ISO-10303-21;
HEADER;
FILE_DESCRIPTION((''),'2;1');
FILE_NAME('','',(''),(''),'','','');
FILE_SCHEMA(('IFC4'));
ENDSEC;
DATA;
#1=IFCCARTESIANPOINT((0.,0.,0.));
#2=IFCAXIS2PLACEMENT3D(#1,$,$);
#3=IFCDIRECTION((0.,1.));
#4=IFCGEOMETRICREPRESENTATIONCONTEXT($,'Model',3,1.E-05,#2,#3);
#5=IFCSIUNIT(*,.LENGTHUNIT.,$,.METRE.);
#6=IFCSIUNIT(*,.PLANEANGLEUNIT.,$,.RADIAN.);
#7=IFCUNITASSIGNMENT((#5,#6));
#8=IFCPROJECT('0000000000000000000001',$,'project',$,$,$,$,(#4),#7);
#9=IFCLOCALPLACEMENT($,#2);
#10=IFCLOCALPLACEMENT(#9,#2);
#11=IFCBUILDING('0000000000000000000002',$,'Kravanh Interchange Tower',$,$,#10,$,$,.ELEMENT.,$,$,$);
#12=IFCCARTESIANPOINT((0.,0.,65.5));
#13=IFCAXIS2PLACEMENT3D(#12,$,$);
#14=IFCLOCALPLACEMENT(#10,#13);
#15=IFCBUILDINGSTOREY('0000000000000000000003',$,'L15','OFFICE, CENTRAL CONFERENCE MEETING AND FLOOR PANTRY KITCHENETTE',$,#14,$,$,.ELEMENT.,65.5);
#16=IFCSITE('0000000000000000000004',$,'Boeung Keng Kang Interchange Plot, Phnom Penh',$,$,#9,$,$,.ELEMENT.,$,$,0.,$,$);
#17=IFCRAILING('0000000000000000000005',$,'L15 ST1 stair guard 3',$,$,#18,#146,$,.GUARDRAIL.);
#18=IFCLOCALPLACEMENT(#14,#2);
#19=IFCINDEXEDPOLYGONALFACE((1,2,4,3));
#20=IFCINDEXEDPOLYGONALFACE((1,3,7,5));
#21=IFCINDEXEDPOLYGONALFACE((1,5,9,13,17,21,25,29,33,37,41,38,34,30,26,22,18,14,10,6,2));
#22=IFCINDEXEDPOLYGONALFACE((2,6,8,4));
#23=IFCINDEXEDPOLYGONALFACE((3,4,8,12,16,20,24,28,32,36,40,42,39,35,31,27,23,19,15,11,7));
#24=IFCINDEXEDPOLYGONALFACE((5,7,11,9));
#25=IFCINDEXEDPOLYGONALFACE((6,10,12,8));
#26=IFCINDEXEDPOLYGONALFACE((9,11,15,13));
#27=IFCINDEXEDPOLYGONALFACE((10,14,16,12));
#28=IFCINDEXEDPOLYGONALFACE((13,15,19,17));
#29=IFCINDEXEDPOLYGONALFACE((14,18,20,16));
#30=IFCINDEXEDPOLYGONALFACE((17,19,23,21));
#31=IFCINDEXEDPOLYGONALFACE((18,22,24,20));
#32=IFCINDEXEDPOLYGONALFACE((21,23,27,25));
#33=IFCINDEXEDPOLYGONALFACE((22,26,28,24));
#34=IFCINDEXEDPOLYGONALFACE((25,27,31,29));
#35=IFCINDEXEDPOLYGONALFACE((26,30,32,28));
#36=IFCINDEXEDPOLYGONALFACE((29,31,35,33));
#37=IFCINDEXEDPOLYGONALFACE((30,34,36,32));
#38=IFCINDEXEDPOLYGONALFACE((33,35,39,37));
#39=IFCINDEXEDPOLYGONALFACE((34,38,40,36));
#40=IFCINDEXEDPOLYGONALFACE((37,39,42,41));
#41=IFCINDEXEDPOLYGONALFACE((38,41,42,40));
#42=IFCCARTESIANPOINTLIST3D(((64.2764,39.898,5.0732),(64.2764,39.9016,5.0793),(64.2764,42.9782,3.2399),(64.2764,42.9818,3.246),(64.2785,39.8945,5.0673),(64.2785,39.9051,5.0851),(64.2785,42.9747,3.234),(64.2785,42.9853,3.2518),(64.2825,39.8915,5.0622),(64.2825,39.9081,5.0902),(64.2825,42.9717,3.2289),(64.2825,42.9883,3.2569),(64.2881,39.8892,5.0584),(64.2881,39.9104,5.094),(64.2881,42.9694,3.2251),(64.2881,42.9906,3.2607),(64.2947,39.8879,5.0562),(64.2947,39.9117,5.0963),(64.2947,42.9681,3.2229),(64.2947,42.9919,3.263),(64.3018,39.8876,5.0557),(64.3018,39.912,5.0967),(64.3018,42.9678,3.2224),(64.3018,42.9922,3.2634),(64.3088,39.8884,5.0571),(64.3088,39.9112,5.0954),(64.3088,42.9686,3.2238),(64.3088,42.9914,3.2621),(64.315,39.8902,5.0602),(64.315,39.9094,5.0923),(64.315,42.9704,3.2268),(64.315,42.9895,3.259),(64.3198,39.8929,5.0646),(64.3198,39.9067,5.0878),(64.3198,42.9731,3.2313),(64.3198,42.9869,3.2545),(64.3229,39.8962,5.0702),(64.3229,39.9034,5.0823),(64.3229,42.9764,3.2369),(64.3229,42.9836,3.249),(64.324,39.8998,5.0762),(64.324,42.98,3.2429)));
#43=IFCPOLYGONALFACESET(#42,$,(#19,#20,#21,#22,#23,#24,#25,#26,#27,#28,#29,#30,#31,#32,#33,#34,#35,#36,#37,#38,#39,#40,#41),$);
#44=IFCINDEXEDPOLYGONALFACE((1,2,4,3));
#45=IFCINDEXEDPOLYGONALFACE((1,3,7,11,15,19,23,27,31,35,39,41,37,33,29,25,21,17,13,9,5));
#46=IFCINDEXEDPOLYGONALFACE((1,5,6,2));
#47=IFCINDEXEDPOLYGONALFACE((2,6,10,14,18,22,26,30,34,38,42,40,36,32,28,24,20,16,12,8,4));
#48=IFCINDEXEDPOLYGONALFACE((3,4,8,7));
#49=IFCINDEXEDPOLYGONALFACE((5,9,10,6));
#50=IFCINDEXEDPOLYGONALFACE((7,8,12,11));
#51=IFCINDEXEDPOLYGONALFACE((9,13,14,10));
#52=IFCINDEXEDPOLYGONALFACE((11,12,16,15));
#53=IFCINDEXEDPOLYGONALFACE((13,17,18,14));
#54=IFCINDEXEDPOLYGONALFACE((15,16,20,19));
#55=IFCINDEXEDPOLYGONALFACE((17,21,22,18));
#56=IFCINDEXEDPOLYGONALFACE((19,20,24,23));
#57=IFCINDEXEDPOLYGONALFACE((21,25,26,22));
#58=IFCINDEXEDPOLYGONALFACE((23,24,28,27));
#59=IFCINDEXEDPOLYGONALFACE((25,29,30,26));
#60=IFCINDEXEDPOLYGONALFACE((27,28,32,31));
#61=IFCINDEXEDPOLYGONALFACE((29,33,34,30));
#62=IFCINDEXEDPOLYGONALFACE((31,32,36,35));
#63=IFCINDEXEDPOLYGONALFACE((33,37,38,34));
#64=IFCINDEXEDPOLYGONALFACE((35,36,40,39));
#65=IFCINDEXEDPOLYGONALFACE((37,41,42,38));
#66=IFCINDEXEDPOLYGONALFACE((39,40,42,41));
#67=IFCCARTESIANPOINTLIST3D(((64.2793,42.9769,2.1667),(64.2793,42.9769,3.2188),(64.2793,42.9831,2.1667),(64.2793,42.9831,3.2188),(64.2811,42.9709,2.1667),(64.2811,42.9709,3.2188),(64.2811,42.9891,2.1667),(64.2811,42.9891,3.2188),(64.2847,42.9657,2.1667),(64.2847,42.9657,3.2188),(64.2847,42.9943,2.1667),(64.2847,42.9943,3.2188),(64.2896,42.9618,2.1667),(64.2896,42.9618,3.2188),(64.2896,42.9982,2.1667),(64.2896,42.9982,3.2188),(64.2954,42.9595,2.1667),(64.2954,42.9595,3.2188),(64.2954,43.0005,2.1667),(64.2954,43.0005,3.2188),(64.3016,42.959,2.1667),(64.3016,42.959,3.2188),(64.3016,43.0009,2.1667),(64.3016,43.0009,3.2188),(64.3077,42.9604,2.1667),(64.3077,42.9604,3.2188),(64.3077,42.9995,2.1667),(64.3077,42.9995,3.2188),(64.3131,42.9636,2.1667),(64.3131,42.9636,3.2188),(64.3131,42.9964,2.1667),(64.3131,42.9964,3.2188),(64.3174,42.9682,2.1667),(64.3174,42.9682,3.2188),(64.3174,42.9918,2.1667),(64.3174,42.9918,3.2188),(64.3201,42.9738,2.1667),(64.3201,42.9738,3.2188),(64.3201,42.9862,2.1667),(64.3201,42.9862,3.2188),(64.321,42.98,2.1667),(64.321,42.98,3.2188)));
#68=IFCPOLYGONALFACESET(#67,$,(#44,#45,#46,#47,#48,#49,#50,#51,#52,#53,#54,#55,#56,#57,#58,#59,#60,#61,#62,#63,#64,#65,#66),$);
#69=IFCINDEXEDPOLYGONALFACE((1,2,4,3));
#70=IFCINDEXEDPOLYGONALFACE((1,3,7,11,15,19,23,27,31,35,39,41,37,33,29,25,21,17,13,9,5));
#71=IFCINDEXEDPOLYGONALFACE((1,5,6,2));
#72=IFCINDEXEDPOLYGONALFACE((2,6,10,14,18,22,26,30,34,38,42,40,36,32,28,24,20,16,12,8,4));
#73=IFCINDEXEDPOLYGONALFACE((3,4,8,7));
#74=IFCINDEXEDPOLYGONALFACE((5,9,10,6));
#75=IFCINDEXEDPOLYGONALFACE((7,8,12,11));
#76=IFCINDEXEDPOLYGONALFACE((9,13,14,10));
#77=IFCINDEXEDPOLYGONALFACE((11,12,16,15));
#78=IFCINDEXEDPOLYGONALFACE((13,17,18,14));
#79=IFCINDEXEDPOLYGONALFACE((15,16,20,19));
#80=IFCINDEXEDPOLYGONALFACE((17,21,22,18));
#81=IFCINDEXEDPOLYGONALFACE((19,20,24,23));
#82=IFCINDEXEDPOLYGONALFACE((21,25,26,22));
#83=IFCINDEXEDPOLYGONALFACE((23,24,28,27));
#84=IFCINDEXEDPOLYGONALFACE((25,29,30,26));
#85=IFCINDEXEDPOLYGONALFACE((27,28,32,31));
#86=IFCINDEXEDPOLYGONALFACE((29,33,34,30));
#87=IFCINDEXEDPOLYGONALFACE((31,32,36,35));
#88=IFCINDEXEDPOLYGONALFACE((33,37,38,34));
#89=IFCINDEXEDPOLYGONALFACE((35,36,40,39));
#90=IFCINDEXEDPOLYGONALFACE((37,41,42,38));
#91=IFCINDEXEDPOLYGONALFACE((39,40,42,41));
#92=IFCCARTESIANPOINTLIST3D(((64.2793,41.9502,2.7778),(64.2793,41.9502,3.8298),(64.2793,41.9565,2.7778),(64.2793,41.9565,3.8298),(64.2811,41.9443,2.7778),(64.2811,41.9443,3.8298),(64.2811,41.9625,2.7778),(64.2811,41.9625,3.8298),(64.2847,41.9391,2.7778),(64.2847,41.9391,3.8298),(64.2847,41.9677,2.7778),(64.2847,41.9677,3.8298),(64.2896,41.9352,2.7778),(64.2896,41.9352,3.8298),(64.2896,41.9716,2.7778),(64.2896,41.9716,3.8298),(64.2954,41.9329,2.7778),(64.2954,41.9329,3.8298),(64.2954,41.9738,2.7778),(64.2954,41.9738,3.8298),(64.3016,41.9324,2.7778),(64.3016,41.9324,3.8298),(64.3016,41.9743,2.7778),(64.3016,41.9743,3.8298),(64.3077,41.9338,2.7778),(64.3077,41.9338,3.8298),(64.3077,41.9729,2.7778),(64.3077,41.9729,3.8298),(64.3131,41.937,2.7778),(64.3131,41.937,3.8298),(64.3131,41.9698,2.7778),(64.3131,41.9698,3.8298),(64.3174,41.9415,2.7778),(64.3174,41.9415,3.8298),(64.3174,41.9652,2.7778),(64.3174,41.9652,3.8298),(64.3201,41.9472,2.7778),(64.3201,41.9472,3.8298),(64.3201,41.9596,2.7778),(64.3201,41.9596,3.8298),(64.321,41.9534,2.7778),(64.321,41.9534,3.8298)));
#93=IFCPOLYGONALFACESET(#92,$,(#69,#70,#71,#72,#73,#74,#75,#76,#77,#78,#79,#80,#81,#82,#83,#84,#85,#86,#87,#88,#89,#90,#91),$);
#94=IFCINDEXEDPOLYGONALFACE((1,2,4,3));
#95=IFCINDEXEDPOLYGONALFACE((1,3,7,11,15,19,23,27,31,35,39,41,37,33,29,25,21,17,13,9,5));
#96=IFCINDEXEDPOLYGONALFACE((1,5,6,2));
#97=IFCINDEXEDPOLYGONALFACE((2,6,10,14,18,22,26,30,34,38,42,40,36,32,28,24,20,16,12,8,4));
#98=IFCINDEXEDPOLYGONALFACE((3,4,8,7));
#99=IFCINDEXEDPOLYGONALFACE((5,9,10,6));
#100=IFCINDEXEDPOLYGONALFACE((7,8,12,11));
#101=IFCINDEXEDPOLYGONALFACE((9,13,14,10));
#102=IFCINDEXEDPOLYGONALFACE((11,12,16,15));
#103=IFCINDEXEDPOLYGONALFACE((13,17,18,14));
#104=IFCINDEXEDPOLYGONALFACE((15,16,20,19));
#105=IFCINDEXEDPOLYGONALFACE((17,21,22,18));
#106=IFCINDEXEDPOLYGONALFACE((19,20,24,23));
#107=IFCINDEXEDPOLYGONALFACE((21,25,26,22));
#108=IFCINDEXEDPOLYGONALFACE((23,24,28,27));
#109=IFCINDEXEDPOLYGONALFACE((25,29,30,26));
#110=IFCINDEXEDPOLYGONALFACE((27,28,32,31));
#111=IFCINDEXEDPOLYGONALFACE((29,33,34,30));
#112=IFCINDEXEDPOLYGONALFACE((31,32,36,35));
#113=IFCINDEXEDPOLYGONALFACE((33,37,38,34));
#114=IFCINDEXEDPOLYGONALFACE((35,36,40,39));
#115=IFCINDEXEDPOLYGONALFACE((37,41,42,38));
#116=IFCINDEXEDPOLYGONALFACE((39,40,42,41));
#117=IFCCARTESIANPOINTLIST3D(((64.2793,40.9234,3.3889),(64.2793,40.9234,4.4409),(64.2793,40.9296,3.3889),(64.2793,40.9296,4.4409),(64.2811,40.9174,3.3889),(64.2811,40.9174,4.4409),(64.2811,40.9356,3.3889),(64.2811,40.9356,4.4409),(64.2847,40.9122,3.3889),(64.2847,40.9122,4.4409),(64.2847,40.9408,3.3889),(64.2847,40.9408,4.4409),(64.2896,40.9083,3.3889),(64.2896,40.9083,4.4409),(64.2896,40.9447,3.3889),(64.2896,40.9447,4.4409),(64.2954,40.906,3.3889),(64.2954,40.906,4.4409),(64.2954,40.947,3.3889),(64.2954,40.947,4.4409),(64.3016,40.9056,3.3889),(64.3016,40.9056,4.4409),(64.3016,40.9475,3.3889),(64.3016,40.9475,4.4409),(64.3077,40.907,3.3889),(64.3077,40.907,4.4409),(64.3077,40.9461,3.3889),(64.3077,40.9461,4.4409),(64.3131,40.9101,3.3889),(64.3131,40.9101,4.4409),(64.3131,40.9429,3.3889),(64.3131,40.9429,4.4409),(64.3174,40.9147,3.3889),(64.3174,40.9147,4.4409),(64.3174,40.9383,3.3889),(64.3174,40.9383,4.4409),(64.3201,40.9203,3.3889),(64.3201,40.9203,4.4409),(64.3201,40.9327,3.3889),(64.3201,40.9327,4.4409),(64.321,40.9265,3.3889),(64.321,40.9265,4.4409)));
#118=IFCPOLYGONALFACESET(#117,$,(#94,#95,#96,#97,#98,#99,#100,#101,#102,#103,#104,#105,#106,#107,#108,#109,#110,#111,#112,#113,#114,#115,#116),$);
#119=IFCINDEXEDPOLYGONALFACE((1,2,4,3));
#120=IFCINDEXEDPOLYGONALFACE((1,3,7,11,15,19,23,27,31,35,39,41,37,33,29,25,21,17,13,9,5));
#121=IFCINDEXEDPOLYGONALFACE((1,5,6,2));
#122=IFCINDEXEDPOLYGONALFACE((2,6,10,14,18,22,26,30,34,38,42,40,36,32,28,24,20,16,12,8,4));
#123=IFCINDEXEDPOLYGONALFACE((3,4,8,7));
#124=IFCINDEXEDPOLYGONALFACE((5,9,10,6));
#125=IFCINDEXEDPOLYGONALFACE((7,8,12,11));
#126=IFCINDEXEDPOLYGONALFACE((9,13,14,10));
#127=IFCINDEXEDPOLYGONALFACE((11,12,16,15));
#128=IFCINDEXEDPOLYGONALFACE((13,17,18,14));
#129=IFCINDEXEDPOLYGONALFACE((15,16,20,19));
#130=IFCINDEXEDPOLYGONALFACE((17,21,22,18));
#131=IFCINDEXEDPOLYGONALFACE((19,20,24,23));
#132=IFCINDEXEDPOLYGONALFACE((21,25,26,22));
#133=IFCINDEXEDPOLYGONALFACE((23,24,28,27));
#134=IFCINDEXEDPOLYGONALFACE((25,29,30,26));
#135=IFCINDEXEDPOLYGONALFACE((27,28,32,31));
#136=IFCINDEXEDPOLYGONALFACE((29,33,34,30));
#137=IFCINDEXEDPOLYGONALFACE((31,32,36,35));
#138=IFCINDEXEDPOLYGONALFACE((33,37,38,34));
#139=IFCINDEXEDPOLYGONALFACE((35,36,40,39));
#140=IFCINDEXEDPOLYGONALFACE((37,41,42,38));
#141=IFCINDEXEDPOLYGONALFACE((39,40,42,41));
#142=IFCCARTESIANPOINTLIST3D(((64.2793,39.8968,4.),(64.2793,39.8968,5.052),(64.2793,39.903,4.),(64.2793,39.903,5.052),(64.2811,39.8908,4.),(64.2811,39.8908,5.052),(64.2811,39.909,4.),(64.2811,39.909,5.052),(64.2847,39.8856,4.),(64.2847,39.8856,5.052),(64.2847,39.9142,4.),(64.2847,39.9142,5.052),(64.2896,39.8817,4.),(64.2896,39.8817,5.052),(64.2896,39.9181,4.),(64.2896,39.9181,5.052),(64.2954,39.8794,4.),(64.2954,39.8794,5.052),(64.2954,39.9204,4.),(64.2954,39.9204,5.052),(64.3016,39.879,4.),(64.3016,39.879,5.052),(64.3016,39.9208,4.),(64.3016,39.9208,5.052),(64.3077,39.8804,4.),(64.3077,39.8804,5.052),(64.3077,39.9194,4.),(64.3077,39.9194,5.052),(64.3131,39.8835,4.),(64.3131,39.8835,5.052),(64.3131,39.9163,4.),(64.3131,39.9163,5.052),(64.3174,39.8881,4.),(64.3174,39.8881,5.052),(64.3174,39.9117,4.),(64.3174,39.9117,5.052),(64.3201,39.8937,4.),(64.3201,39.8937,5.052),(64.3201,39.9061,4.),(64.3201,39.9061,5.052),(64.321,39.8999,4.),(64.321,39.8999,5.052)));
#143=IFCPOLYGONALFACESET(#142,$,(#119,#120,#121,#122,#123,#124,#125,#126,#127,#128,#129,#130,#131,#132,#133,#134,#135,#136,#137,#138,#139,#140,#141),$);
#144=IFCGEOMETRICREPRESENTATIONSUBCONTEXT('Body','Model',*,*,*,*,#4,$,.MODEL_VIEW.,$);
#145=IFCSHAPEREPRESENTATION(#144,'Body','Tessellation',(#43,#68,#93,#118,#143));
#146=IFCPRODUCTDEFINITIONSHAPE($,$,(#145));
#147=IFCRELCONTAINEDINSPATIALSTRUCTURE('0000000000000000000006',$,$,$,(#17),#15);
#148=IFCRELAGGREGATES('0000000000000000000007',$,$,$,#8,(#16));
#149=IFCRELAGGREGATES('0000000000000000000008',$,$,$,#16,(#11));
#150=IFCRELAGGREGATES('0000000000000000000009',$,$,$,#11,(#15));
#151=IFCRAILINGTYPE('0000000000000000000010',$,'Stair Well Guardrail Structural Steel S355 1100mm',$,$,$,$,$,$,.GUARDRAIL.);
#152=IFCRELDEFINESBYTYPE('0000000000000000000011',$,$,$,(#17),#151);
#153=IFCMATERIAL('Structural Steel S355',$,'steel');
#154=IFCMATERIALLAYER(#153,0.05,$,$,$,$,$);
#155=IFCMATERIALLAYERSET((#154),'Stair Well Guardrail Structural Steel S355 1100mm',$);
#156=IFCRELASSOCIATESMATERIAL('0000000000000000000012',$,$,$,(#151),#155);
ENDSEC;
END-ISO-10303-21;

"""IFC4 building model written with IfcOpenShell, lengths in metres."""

from ifc_helpers import new_model, si_unit, direction, frame, origin, origin_2d, place, context, subcontext, project, spatial, circle, extrude, material, layer, layer_set, type_object, element, save


model = new_model("IFC4")

# Units and contexts
model_context = context("Model", 3, precision=1e-05, world=origin(), true_north=direction((0.0, 1.0)))
body_context = subcontext(model_context, "Body", "Model", "MODEL_VIEW")
ifc_project = project(units=[si_unit("LENGTHUNIT", "METRE"), si_unit("PLANEANGLEUNIT", "RADIAN")], contexts=[model_context])

# Site, building, storey
site_placement = place(None, origin())
site = spatial("IfcSite", under=ifc_project, at=site_placement, Name="Boeung Keng Kang Interchange Plot, Phnom Penh", CompositionType="ELEMENT", RefElevation=0.0)
building_placement = place(site_placement, origin())
building = spatial("IfcBuilding", under=site, at=building_placement, Name="Kravanh Interchange Tower", CompositionType="ELEMENT")
storey_placement = place(building_placement, frame((0.0, 0.0, 65.5)))
storey = spatial("IfcBuildingStorey", under=building, at=storey_placement, Name="L15", Description="OFFICE, CENTRAL CONFERENCE MEETING AND FLOOR PANTRY KITCHENETTE", CompositionType="ELEMENT", Elevation=65.5)

# Railing
ifc_material_1 = material(Name="Structural Steel S355", Category="steel")
ifc_layer_1 = layer(ifc_material_1, 0.05)
ifc_layer_set_1 = layer_set([ifc_layer_1], Name="Stair Well Guardrail Structural Steel S355 1100mm")
railing_type_1 = type_object("IfcRailingType", Name="Stair Well Guardrail Structural Steel S355 1100mm", PredefinedType="GUARDRAIL", material=ifc_layer_set_1)
railing_1_placement = place(storey_placement, frame((64.3, 42.98, 2.1667)))
element("IfcRailing", 1, at=railing_1_placement, inside=storey, type_object=railing_type_1, Name="L15 ST1 stair guard 3", PredefinedType="GUARDRAIL", context=body_context, shape_type="SweptSolid", body=[
    extrude(circle(Radius=0.0239, at=origin_2d()), frame((0.0, 0.0, 1.0762), z_axis=(0.0, -0.859309, 0.511458), x_axis=(1.0, 0.0, 0.0)), (0.0, 0.0, 1.0), 3.5845),
    extrude(circle(Radius=0.021, at=origin_2d()), origin(), (0.0, 0.0, 1.0), 1.052),
    extrude(circle(Radius=0.021, at=origin_2d()), frame((0.0, -1.0266, 0.6111)), (0.0, 0.0, 1.0), 1.052),
    extrude(circle(Radius=0.021, at=origin_2d()), frame((0.0, -2.0535, 1.2222)), (0.0, 0.0, 1.0), 1.052),
    extrude(circle(Radius=0.021, at=origin_2d()), frame((0.0, -3.0801, 1.8333)), (0.0, 0.0, 1.0), 1.052),
])

save(model, "model.ifc")
